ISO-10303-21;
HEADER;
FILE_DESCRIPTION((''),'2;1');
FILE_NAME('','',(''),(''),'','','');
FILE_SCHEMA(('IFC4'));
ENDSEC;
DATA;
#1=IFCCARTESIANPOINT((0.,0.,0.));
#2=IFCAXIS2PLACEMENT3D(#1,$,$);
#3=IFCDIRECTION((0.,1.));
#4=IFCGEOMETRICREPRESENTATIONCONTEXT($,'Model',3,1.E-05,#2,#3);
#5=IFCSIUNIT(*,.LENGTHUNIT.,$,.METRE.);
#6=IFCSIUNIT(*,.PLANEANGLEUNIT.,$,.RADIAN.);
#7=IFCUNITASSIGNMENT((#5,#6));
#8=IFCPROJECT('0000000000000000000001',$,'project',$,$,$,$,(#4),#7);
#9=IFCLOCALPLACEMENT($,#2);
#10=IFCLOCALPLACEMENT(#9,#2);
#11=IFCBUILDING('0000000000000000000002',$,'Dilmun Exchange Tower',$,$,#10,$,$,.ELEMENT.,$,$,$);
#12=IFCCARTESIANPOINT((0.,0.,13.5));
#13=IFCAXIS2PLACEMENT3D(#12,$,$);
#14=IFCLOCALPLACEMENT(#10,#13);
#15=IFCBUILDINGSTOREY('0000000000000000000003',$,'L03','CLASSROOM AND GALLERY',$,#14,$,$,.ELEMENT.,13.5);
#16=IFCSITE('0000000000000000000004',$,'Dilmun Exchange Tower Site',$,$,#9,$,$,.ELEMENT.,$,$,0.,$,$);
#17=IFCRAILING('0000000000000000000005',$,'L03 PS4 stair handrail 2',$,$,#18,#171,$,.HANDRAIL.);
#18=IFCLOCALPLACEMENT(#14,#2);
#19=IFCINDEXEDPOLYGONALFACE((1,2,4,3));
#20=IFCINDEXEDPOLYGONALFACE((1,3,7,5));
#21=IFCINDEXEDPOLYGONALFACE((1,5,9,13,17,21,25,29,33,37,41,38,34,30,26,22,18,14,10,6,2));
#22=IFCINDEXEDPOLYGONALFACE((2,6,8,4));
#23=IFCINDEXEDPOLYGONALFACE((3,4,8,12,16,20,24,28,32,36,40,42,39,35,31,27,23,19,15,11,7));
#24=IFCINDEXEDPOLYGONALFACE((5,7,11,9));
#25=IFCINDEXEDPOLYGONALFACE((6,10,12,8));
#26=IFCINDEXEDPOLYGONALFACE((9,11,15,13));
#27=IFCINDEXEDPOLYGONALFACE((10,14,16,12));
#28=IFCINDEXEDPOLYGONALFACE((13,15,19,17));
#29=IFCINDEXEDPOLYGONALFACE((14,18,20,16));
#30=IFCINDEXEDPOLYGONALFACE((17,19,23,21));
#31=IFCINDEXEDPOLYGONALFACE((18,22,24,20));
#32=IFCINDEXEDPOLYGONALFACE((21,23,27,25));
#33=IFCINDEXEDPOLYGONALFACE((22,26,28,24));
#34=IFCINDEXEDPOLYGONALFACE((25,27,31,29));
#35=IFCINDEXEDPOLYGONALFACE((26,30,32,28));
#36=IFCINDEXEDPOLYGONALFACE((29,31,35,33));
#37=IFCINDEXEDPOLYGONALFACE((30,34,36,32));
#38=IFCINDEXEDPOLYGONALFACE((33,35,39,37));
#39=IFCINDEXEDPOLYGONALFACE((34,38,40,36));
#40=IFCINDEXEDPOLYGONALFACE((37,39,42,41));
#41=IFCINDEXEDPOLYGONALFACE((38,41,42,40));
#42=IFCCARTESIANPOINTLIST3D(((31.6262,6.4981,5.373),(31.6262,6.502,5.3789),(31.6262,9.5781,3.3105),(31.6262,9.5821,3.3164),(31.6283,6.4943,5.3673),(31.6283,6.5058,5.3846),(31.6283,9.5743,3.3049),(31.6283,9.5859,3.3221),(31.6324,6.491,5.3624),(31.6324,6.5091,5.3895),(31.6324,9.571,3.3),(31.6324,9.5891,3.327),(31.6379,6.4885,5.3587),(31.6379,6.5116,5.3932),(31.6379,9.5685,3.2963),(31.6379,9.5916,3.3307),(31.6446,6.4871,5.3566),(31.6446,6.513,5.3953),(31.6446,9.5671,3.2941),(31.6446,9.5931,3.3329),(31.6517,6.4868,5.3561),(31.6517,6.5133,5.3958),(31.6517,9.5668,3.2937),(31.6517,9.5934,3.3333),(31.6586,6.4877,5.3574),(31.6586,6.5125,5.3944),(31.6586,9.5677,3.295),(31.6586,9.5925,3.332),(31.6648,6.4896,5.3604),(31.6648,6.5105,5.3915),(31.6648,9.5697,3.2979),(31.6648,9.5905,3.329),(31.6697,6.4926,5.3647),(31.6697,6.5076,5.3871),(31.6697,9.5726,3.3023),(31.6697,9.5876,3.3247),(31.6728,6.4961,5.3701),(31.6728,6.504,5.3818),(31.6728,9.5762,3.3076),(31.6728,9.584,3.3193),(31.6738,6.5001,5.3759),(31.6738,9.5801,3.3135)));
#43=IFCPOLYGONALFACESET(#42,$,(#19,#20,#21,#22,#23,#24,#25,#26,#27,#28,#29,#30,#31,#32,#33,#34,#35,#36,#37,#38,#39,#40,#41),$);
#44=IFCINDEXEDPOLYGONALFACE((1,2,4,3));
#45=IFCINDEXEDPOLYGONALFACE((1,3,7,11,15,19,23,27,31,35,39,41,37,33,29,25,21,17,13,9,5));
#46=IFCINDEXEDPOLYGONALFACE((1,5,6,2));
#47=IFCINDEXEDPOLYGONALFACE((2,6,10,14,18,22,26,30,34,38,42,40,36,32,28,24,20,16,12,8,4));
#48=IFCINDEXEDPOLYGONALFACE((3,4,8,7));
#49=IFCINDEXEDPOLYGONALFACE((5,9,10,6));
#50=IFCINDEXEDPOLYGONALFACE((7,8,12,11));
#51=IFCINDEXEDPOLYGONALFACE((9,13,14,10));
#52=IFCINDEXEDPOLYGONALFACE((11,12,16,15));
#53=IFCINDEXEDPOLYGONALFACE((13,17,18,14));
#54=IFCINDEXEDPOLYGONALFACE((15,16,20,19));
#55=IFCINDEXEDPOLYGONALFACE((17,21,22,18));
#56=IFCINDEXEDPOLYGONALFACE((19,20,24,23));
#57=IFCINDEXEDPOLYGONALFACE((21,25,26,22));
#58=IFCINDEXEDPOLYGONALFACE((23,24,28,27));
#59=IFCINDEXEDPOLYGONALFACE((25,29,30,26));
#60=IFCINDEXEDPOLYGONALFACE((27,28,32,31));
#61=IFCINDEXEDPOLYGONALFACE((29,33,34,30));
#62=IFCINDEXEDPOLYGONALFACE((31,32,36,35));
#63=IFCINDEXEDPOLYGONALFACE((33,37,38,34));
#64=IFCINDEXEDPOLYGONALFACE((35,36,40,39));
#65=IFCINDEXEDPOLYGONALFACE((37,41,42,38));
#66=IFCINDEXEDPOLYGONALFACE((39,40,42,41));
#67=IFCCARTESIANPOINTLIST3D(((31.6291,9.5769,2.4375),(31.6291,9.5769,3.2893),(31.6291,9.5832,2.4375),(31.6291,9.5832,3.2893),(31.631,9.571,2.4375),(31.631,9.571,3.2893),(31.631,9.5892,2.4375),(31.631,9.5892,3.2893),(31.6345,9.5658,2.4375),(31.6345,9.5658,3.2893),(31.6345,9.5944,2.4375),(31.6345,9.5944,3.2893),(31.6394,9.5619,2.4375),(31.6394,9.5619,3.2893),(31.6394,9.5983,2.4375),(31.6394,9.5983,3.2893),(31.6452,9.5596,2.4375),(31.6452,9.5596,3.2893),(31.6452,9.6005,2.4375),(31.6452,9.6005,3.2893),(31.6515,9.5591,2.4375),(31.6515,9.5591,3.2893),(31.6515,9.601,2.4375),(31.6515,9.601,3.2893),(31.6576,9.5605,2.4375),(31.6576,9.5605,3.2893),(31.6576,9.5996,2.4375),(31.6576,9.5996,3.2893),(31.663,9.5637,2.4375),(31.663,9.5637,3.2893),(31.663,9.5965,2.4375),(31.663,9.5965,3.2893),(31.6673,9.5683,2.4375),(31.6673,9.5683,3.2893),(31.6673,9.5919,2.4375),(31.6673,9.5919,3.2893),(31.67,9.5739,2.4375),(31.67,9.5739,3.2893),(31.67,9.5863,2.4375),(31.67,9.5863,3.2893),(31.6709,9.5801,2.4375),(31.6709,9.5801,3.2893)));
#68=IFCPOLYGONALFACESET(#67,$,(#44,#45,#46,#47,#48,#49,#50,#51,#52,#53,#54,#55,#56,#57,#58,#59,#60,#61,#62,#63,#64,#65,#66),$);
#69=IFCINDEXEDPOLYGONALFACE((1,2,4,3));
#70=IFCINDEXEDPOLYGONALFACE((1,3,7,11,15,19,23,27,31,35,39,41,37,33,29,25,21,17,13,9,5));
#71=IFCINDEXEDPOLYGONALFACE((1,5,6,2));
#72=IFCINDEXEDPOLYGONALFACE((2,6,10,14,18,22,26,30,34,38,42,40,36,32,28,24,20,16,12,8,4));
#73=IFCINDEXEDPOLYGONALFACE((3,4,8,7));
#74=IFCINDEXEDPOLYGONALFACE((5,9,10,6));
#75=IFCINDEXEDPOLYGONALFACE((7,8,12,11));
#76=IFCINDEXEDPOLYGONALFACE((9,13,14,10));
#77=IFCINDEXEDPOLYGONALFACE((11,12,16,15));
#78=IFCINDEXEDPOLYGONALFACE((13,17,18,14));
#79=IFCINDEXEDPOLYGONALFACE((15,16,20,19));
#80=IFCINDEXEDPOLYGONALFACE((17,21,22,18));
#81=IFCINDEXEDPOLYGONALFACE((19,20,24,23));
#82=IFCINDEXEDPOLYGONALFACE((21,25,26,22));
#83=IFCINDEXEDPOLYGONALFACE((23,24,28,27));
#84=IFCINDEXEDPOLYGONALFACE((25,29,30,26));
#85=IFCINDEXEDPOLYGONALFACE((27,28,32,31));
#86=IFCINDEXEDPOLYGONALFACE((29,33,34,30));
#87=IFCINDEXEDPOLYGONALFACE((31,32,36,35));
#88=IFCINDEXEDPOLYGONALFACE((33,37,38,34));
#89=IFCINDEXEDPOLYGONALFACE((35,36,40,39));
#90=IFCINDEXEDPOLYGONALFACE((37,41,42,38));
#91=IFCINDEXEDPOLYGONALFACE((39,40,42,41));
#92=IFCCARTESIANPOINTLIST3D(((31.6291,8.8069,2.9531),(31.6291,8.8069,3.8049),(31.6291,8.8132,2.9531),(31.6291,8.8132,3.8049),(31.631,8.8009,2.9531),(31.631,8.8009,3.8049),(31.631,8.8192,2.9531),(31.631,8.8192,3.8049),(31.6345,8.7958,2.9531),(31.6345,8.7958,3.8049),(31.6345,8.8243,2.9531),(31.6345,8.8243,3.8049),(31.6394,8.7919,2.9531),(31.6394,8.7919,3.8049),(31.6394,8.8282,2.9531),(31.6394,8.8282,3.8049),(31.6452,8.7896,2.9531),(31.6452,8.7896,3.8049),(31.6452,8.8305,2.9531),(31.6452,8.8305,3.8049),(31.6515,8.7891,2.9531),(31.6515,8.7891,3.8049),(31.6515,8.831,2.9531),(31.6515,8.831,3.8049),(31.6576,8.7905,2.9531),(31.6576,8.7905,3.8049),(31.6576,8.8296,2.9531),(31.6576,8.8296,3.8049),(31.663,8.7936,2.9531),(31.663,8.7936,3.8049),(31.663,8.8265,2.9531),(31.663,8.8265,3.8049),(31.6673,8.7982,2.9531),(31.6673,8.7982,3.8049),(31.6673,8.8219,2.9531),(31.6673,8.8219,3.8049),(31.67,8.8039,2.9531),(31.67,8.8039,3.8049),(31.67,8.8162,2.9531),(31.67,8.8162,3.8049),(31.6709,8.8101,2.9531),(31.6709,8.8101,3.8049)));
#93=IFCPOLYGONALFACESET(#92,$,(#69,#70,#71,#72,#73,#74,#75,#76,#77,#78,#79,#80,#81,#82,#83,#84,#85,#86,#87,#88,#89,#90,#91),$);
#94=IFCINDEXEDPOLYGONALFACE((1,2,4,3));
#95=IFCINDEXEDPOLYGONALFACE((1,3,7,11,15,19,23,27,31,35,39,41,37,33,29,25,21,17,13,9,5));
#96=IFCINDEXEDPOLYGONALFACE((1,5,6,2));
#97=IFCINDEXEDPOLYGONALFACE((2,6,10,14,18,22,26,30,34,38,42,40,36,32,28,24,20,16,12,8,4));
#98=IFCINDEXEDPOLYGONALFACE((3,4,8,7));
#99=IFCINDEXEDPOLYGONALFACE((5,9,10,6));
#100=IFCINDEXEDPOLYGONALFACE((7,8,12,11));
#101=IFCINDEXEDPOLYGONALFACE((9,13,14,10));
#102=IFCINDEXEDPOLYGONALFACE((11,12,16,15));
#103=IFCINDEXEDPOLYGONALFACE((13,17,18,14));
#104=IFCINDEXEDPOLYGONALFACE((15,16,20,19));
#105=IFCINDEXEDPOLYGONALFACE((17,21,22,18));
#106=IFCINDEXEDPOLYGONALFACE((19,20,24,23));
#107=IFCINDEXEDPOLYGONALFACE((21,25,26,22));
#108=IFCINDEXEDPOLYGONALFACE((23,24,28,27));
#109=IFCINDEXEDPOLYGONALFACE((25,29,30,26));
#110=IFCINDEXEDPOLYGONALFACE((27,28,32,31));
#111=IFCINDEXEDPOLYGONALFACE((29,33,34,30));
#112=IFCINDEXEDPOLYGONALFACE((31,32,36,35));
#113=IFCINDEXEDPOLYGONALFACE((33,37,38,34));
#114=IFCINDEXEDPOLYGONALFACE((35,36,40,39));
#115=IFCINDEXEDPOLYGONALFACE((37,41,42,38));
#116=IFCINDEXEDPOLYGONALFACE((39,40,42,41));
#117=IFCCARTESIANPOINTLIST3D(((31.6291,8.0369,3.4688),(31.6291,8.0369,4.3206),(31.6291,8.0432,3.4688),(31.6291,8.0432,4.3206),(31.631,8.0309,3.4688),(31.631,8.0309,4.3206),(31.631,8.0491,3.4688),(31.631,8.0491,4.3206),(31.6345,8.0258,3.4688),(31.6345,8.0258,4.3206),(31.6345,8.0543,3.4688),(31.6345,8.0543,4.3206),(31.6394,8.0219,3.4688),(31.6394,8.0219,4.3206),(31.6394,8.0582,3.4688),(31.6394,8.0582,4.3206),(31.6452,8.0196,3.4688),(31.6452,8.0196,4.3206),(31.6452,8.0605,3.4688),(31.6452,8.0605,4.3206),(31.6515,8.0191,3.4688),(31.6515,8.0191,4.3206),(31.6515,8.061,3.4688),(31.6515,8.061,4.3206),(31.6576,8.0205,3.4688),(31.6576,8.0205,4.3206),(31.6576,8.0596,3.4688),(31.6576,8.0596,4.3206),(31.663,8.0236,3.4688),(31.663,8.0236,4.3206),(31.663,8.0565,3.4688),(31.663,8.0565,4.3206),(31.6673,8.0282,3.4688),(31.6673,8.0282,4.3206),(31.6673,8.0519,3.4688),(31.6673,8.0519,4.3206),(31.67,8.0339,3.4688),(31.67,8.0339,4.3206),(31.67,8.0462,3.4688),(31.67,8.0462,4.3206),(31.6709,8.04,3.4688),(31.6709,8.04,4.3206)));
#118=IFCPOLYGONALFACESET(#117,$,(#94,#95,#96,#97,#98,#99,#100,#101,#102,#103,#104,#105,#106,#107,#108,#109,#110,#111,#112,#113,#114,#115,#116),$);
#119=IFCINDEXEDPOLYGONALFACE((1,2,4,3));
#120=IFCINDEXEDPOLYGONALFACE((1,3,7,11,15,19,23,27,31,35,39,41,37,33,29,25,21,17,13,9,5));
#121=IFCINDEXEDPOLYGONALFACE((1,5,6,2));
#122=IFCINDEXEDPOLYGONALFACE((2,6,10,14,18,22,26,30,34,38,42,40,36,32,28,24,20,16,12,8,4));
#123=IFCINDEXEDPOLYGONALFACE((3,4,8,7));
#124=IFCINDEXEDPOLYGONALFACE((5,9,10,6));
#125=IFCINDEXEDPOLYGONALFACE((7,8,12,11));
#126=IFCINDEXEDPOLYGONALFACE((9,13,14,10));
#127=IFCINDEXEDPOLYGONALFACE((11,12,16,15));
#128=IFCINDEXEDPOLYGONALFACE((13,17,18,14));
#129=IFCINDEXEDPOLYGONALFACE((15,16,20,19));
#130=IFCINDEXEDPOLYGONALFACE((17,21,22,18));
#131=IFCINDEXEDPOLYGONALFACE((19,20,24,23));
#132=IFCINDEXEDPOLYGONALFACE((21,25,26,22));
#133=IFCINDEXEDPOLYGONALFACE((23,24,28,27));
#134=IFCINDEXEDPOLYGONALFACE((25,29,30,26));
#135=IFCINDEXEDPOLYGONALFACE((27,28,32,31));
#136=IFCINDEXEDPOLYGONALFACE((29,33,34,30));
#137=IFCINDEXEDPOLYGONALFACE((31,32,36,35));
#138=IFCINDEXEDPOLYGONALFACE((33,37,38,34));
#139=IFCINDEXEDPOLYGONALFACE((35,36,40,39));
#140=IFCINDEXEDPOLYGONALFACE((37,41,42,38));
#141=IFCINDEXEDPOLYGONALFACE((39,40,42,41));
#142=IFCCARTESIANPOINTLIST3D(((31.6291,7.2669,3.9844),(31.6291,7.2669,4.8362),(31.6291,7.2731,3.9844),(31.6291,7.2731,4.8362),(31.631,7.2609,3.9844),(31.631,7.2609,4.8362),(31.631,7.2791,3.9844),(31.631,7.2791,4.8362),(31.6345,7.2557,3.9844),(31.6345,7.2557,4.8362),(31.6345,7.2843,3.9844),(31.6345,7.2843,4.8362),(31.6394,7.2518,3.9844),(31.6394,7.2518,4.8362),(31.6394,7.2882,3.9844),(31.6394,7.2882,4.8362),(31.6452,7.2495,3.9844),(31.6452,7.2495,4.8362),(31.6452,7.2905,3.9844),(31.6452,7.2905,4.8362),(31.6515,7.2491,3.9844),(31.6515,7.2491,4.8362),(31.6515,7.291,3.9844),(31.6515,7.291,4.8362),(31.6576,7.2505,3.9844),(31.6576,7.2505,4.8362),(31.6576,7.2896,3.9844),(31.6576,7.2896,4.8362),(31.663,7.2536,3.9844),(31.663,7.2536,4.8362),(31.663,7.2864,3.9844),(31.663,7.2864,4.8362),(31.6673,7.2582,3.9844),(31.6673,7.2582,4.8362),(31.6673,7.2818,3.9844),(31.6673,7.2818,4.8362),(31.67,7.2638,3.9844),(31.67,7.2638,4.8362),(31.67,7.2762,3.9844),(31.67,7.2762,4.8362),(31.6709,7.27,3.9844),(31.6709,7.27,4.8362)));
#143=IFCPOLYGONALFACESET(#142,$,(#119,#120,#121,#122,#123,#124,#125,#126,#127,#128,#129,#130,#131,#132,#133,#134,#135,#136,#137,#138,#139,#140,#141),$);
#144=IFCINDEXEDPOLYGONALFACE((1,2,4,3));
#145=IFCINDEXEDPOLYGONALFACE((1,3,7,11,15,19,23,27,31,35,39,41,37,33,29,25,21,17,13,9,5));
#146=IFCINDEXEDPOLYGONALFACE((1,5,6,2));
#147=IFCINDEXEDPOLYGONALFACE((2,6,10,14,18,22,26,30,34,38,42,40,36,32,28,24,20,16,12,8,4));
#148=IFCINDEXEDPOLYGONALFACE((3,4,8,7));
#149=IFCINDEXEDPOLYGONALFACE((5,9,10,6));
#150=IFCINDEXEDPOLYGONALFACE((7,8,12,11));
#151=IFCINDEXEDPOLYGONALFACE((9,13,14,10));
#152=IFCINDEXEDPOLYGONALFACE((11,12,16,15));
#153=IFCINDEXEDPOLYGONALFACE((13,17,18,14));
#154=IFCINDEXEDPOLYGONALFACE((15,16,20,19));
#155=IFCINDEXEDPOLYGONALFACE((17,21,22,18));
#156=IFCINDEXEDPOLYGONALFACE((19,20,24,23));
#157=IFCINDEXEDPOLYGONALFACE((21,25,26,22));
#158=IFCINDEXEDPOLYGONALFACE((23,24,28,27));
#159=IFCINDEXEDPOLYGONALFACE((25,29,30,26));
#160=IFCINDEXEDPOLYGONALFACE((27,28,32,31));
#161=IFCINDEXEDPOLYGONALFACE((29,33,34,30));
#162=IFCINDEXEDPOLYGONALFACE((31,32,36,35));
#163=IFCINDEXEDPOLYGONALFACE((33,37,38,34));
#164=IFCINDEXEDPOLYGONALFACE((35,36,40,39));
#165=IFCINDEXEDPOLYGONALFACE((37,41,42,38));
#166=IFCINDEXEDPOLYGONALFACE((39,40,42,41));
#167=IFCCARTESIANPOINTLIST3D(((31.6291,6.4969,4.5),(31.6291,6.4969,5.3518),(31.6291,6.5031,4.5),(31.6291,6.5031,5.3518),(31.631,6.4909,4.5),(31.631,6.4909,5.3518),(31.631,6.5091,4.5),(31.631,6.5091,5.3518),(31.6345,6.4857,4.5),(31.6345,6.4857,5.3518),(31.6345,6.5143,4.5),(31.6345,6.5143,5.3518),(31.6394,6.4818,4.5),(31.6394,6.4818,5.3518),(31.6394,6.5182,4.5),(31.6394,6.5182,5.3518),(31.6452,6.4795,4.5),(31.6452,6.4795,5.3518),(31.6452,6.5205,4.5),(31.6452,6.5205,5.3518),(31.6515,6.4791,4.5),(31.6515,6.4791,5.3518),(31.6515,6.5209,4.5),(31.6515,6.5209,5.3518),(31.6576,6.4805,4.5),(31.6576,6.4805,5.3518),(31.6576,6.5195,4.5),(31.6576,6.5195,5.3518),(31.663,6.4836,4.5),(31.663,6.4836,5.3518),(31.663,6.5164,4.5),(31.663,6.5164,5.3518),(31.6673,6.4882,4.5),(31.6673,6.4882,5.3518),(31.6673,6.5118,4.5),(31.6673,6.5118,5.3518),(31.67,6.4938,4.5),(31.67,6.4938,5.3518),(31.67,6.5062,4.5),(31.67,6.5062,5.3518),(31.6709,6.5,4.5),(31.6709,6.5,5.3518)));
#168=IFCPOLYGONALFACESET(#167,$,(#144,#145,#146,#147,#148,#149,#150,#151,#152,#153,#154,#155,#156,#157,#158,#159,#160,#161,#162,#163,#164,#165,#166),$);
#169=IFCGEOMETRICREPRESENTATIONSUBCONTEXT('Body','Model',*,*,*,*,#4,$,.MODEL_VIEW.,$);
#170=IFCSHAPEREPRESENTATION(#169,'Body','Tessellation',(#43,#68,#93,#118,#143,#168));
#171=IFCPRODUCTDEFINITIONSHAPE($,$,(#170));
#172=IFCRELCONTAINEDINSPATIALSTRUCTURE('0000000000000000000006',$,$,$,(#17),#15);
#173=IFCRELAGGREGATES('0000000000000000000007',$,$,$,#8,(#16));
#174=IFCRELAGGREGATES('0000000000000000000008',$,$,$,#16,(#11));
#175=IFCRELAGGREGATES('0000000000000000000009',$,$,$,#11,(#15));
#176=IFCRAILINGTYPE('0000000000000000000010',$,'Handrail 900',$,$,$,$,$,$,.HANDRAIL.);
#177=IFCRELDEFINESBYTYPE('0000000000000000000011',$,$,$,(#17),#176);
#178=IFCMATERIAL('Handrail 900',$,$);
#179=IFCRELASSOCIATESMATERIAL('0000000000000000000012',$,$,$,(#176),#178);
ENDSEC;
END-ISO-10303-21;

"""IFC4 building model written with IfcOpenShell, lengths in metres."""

from ifc_helpers import new_model, si_unit, direction, frame, origin, origin_2d, place, context, subcontext, project, spatial, circle, extrude, material, type_object, element, save


model = new_model("IFC4")

# Units and contexts
model_context = context("Model", 3, precision=1e-05, world=origin(), true_north=direction((0.0, 1.0)))
body_context = subcontext(model_context, "Body", "Model", "MODEL_VIEW")
ifc_project = project(units=[si_unit("LENGTHUNIT", "METRE"), si_unit("PLANEANGLEUNIT", "RADIAN")], contexts=[model_context])

# Site, building, storey
site_placement = place(None, origin())
site = spatial("IfcSite", under=ifc_project, at=site_placement, Name="Dilmun Exchange Tower Site", CompositionType="ELEMENT", RefElevation=0.0)
building_placement = place(site_placement, origin())
building = spatial("IfcBuilding", under=site, at=building_placement, Name="Dilmun Exchange Tower", CompositionType="ELEMENT")
storey_placement = place(building_placement, frame((0.0, 0.0, 13.5)))
storey = spatial("IfcBuildingStorey", under=building, at=storey_placement, Name="L03", Description="CLASSROOM AND GALLERY", CompositionType="ELEMENT", Elevation=13.5)

# Railing
ifc_material_1 = material(Name="Handrail 900")
railing_type_1 = type_object("IfcRailingType", Name="Handrail 900", PredefinedType="HANDRAIL", material=ifc_material_1)
railing_1_placement = place(storey_placement, frame((31.6499, 9.5801, 2.4375)))
element("IfcRailing", 1, at=railing_1_placement, inside=storey, type_object=railing_type_1, Name="L03 PS4 stair handrail 2", PredefinedType="HANDRAIL", context=body_context, shape_type="SweptSolid", body=[
    extrude(circle(Radius=0.0239, at=origin_2d()), frame((0.0, 0.0, 0.876), z_axis=(0.0, -0.830914, 0.556401), x_axis=(1.0, 0.0, 0.0)), (0.0, 0.0, 1.0), 3.7068),
    extrude(circle(Radius=0.021, at=origin_2d()), origin(), (0.0, 0.0, 1.0), 0.8518),
    extrude(circle(Radius=0.021, at=origin_2d()), frame((0.0, -0.77, 0.5156)), (0.0, 0.0, 1.0), 0.8518),
    extrude(circle(Radius=0.021, at=origin_2d()), frame((0.0, -1.54, 1.0312)), (0.0, 0.0, 1.0), 0.8518),
    extrude(circle(Radius=0.021, at=origin_2d()), frame((0.0, -2.3101, 1.5469)), (0.0, 0.0, 1.0), 0.8518),
    extrude(circle(Radius=0.021, at=origin_2d()), frame((0.0, -3.0801, 2.0625)), (0.0, 0.0, 1.0), 0.8518),
])

save(model, "model.ifc")
